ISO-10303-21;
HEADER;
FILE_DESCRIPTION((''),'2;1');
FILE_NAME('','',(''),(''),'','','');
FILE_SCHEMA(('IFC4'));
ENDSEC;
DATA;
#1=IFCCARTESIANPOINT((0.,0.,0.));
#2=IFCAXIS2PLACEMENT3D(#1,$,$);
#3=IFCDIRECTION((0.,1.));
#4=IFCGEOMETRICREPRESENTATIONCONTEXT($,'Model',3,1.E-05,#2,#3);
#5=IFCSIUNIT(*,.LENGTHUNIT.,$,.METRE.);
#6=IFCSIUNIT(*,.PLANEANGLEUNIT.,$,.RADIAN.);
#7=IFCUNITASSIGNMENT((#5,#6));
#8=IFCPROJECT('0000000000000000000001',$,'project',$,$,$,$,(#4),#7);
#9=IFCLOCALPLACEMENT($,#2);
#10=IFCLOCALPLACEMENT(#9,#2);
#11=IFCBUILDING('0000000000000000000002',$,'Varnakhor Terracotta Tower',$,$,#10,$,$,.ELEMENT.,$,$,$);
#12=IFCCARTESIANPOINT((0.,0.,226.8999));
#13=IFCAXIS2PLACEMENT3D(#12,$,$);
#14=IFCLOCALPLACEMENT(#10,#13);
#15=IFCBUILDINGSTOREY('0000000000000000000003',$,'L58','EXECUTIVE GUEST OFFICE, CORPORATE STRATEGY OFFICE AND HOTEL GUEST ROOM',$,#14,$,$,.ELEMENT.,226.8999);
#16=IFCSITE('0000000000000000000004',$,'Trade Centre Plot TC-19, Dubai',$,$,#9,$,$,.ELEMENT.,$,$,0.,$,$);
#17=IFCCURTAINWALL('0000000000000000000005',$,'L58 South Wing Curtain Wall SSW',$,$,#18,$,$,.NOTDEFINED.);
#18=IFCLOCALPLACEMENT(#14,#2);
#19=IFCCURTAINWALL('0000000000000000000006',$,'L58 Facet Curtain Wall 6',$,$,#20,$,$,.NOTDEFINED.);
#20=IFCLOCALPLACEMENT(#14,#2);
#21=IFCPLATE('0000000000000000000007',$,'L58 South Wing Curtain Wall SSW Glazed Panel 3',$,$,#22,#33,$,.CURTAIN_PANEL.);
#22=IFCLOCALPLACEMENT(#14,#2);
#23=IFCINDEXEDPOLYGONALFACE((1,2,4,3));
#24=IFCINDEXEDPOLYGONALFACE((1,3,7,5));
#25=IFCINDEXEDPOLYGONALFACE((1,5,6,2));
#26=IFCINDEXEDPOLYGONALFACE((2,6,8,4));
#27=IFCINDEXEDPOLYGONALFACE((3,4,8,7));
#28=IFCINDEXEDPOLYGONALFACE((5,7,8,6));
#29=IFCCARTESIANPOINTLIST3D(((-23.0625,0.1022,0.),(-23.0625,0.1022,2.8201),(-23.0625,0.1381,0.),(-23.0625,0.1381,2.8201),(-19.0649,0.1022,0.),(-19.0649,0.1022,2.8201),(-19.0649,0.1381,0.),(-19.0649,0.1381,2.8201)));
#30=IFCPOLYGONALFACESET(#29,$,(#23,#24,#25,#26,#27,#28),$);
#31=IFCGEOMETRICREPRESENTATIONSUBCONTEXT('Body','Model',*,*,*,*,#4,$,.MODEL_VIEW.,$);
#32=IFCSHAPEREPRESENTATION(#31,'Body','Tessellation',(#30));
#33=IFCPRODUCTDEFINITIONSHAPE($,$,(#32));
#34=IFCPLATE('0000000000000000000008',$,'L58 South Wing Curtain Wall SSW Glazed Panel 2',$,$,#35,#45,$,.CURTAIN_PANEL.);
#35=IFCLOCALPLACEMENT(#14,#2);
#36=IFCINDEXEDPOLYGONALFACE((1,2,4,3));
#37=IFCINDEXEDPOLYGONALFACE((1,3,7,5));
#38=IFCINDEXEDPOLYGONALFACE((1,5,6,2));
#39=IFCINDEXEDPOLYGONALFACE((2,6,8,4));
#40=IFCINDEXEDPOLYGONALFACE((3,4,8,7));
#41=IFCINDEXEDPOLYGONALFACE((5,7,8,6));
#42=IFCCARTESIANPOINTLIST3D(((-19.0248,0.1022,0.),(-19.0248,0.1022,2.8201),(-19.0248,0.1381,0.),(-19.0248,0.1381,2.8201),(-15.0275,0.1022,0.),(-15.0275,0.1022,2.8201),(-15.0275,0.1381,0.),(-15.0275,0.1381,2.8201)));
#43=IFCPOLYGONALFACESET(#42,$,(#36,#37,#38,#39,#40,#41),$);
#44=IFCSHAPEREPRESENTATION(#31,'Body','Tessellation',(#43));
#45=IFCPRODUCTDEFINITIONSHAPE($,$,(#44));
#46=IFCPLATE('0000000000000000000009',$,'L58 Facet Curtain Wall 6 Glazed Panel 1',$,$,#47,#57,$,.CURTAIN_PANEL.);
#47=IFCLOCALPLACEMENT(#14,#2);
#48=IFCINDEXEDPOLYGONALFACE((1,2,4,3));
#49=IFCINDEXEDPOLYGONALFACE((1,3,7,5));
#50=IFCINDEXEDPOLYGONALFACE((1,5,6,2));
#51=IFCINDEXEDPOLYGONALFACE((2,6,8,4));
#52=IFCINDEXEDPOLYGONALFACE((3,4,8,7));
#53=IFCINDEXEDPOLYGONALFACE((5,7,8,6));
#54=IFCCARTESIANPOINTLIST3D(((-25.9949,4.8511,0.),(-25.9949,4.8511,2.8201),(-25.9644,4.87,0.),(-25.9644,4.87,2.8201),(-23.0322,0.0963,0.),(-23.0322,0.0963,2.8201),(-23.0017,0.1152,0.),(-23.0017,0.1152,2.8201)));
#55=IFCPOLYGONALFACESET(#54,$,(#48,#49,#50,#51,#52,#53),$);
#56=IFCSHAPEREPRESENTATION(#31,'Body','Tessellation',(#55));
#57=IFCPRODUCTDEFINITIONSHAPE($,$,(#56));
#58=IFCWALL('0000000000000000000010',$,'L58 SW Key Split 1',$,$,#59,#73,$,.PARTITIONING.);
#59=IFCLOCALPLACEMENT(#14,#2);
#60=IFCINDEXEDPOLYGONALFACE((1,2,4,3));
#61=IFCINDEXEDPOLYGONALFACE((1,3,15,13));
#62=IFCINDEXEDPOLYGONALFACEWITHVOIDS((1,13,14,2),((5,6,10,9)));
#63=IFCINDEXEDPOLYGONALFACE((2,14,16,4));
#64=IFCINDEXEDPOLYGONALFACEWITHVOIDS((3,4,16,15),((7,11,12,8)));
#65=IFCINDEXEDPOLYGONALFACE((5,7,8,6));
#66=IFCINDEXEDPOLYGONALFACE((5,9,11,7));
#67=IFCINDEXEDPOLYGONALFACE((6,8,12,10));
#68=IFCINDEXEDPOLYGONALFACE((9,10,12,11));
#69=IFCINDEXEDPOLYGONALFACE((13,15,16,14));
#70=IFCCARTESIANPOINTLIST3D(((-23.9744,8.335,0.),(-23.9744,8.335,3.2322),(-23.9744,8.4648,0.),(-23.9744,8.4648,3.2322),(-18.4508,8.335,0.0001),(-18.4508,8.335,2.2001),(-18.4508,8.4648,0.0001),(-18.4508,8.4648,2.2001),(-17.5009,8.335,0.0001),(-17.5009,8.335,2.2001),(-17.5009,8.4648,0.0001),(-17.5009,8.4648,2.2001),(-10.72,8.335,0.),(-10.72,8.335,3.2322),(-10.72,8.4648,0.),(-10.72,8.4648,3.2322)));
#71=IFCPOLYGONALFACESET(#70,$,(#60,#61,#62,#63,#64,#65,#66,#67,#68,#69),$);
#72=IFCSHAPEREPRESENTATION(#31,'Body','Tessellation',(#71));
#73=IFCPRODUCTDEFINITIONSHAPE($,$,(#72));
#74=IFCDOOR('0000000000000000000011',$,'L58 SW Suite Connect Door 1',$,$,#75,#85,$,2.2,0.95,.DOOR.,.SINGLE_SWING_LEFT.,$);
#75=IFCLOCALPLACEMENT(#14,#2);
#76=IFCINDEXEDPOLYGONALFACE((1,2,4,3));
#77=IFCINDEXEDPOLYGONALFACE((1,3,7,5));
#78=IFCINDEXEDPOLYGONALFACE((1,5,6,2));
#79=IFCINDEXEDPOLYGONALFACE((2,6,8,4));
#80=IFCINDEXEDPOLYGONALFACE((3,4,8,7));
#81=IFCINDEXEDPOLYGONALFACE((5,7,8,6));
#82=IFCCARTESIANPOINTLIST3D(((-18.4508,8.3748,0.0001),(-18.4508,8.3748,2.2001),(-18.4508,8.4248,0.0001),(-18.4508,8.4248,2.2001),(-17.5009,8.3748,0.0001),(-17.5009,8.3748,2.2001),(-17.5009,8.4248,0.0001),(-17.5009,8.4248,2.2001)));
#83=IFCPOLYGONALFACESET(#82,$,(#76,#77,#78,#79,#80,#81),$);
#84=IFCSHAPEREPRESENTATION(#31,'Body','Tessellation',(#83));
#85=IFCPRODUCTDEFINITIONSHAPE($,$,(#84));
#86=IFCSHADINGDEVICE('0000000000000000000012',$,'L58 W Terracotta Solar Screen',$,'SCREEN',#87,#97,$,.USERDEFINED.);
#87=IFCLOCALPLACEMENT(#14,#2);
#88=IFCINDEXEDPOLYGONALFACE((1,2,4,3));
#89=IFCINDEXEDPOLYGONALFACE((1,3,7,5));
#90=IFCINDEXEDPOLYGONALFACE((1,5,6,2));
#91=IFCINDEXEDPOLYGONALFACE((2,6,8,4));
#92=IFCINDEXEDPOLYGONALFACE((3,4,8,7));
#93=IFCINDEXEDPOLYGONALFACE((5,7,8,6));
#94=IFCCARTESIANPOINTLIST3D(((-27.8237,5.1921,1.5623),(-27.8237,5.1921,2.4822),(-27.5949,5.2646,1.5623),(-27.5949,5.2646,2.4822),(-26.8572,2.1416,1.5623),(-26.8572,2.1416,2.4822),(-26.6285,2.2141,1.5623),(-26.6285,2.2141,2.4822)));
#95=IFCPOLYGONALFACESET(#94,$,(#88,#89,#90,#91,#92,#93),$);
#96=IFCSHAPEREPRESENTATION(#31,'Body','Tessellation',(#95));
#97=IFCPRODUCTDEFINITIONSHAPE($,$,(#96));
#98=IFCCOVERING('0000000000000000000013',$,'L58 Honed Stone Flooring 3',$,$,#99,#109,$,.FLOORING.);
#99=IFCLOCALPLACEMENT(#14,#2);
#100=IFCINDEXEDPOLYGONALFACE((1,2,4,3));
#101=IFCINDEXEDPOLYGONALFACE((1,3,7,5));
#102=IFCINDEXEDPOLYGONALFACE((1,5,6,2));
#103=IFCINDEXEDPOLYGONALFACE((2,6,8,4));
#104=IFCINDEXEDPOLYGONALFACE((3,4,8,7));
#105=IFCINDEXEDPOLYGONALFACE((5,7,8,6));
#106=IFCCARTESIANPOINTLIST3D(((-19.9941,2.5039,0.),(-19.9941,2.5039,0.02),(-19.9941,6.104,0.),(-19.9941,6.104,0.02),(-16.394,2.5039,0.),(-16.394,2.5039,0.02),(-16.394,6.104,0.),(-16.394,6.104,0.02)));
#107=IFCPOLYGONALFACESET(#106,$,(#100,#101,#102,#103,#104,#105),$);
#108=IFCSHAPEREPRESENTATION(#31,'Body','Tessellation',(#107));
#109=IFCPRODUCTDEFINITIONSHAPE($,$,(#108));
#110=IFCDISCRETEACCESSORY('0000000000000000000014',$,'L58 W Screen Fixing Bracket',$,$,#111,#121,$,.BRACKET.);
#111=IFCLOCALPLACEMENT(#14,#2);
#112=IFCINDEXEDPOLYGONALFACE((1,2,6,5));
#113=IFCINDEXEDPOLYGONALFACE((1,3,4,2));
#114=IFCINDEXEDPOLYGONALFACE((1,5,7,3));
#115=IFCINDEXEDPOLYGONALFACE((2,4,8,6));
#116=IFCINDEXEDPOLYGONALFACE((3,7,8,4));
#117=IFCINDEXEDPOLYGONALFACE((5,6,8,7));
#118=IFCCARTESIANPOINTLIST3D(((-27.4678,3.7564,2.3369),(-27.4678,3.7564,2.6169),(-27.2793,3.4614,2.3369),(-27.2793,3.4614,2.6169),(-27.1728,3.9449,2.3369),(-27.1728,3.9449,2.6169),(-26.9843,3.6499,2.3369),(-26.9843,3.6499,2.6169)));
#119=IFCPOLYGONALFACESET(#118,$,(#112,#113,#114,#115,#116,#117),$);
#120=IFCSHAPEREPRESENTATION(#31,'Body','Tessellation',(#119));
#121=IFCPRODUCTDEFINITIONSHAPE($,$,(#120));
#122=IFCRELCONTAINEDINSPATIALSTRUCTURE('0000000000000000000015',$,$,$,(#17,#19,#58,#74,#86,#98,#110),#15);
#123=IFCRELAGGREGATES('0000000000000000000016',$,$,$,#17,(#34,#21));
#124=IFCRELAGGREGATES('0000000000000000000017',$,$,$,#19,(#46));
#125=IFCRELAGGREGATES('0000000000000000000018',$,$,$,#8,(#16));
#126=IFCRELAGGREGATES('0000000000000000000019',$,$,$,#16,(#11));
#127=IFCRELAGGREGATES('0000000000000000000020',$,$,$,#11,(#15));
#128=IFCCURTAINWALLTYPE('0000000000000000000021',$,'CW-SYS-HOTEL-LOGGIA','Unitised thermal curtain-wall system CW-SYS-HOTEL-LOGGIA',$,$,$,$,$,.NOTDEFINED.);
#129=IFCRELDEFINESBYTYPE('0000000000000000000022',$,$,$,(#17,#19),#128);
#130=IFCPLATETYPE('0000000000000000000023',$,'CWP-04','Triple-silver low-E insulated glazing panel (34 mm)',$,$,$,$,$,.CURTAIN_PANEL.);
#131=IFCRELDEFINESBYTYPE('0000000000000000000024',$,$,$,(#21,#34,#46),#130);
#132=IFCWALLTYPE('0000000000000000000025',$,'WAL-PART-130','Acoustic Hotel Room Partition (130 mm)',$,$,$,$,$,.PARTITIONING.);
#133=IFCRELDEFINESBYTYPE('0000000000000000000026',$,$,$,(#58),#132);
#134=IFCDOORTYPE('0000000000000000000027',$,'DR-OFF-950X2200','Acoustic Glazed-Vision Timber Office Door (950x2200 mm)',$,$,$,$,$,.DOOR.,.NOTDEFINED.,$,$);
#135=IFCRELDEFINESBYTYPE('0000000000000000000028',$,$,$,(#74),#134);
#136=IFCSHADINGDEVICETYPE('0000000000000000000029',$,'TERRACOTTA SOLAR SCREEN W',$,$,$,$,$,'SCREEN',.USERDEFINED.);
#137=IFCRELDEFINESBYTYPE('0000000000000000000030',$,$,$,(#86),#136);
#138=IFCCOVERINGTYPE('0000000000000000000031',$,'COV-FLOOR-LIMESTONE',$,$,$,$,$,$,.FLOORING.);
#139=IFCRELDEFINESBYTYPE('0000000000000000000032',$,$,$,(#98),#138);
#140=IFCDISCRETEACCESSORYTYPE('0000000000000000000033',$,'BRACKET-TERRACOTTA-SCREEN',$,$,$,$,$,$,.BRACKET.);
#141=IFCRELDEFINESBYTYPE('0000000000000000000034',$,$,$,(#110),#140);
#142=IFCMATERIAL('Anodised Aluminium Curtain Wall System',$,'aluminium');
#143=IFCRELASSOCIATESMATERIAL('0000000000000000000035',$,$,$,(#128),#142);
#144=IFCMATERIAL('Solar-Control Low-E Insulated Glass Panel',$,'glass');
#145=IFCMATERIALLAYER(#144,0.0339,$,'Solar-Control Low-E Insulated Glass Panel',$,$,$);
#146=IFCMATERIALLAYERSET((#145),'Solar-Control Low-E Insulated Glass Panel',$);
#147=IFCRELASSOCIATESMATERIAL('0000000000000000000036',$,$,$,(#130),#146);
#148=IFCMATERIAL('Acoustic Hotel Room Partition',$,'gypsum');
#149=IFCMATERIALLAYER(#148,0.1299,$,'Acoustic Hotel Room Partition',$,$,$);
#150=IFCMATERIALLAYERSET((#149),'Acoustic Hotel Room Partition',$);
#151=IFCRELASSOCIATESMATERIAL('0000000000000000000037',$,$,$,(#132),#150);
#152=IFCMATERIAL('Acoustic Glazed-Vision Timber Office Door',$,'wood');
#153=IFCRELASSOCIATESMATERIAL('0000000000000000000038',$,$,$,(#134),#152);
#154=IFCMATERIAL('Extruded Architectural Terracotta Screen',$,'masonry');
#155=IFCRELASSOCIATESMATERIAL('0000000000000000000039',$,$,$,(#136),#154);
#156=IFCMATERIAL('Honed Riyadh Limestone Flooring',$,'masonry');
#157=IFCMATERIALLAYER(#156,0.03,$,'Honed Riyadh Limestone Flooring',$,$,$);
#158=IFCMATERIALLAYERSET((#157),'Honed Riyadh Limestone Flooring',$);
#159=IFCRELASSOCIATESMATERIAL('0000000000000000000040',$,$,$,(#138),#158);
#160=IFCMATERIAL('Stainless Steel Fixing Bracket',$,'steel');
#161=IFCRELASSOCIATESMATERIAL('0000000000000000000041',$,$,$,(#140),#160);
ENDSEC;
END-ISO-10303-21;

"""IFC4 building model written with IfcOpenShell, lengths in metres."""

from ifc_helpers import new_model, si_unit, direction, frame, frame_2d, origin, origin_2d, place, context, subcontext, project, spatial, rectangle, extrude, source, transform, mapped, material, layer, layer_set, type_object, type_shapes, element, fill, aggregate, save


model = new_model("IFC4")

# Units and contexts
model_context = context("Model", 3, precision=1e-05, world=origin(), true_north=direction((0.0, 1.0)))
body_context = subcontext(model_context, "Body", "Model", "MODEL_VIEW")
ifc_project = project(units=[si_unit("LENGTHUNIT", "METRE"), si_unit("PLANEANGLEUNIT", "RADIAN")], contexts=[model_context])

# Site, building, storey
site_placement = place(None, origin())
site = spatial("IfcSite", under=ifc_project, at=site_placement, Name="Trade Centre Plot TC-19, Dubai", CompositionType="ELEMENT", RefElevation=0.0)
building_placement = place(site_placement, origin())
building = spatial("IfcBuilding", under=site, at=building_placement, Name="Varnakhor Terracotta Tower", CompositionType="ELEMENT")
storey_placement = place(building_placement, frame((0.0, 0.0, 226.8999)))
storey = spatial("IfcBuildingStorey", under=building, at=storey_placement, Name="L58", Description="EXECUTIVE GUEST OFFICE, CORPORATE STRATEGY OFFICE AND HOTEL GUEST ROOM", CompositionType="ELEMENT", Elevation=226.8999)

# Curtain wall
ifc_material_1 = material(Name="Anodised Aluminium Curtain Wall System", Category="aluminium")
curtain_wall_type = type_object("IfcCurtainWallType", Name="CW-SYS-HOTEL-LOGGIA", Description="Unitised thermal curtain-wall system CW-SYS-HOTEL-LOGGIA", PredefinedType="NOTDEFINED", material=ifc_material_1)
curtain_wall_1_placement = place(storey_placement, origin())
curtain_wall_1 = element("IfcCurtainWall", 1, at=curtain_wall_1_placement, inside=storey, type_object=curtain_wall_type, Name="L58 South Wing Curtain Wall SSW", PredefinedType="NOTDEFINED")

# Curtain wall
curtain_wall_2_placement = place(storey_placement, origin())
curtain_wall_2 = element("IfcCurtainWall", 2, at=curtain_wall_2_placement, inside=storey, type_object=curtain_wall_type, Name="L58 Facet Curtain Wall 6", PredefinedType="NOTDEFINED")

# Plates
ifc_material_2 = material(Name="Solar-Control Low-E Insulated Glass Panel", Category="glass")
ifc_layer_1 = layer(ifc_material_2, 0.0339, Name="Solar-Control Low-E Insulated Glass Panel")
ifc_layer_set_1 = layer_set([ifc_layer_1], Name="Solar-Control Low-E Insulated Glass Panel")
plate_type = type_object("IfcPlateType", Name="CWP-04", Description="Triple-silver low-E insulated glazing panel (34 mm)", PredefinedType="CURTAIN_PANEL", material=ifc_layer_set_1)
shared_shape_1 = source(origin(), body_context, "Body", "SweptSolid", [
    extrude(rectangle(XDim=3.9976, YDim=0.0359, at=origin_2d()), origin(), (0.0, 0.0, 1.0), 2.8201),
])
plate_1_placement = place(storey_placement, frame((-21.0637, 0.1201, 0.0), z_axis=(0.0, 0.0, 1.0), x_axis=(-1.0, 0.0, 0.0)))
plate_1 = element("IfcPlate", 3, at=plate_1_placement, type_object=plate_type, Name="L58 South Wing Curtain Wall SSW Glazed Panel 3", PredefinedType="CURTAIN_PANEL", context=body_context, shape_type="MappedRepresentation", body=[
    mapped(shared_shape_1, transform((0.0, 0.0, 0.0), scale=1.0)),
])
shared_shape_2 = source(origin(), body_context, "Body", "SweptSolid", [
    extrude(rectangle(XDim=3.9973, YDim=0.0359, at=origin_2d()), origin(), (0.0, 0.0, 1.0), 2.8201),
])
plate_2_placement = place(storey_placement, frame((-17.0261, 0.1201, 0.0), z_axis=(0.0, 0.0, 1.0), x_axis=(-1.0, 0.0, 0.0)))
plate_2 = element("IfcPlate", 4, at=plate_2_placement, type_object=plate_type, Name="L58 South Wing Curtain Wall SSW Glazed Panel 2", PredefinedType="CURTAIN_PANEL", context=body_context, shape_type="MappedRepresentation", body=[
    mapped(shared_shape_2, transform((0.0, 0.0, 0.0), scale=1.0)),
])
aggregate(curtain_wall_1, [plate_2, plate_1])
shared_shape_3 = source(origin(), body_context, "Body", "SweptSolid", [
    extrude(rectangle(XDim=5.6023, YDim=0.0359, at=origin_2d()), origin(), (0.0, 0.0, 1.0), 2.8201),
])
plate_3_placement = place(storey_placement, frame((-24.4983, 2.4832, 0.0), z_axis=(0.0, 0.0, 1.0), x_axis=(-0.528838, 0.848723, 0.0)))
plate_3 = element("IfcPlate", 5, at=plate_3_placement, type_object=plate_type, Name="L58 Facet Curtain Wall 6 Glazed Panel 1", PredefinedType="CURTAIN_PANEL", context=body_context, shape_type="MappedRepresentation", body=[
    mapped(shared_shape_3, transform((0.0, 0.0, 0.0), scale=1.0)),
])
aggregate(curtain_wall_2, [plate_3])

# Wall, opening, door
ifc_material_3 = material(Name="Acoustic Hotel Room Partition", Category="gypsum")
ifc_layer_2 = layer(ifc_material_3, 0.1299, Name="Acoustic Hotel Room Partition")
ifc_layer_set_2 = layer_set([ifc_layer_2], Name="Acoustic Hotel Room Partition")
wall_type = type_object("IfcWallType", Name="WAL-PART-130", Description="Acoustic Hotel Room Partition (130 mm)", PredefinedType="PARTITIONING", material=ifc_layer_set_2)
wall_placement = place(storey_placement, frame((-23.9744, 8.3999, 0.0), z_axis=(0.0, 0.0, 1.0), x_axis=(1.0, 0.0, 0.0)))
wall = element("IfcWall", 6, at=wall_placement, inside=storey, type_object=wall_type, Name="L58 SW Key Split 1", PredefinedType="PARTITIONING", context=body_context, shape_type="SweptSolid", body=[
    extrude(rectangle(XDim=13.2544, YDim=0.1299, at=frame_2d((6.6272, 0.0))), origin(), (0.0, 0.0, 1.0), 3.2322),
])
opening_placement = place(wall_placement, frame((5.5234, 0.0, 0.0)))
opening = element("IfcOpeningElement", 7, at=opening_placement, cuts=wall, PredefinedType="OPENING", context=body_context, shape_type="SweptSolid", body=[
    extrude(rectangle(XDim=0.95, YDim=2.2, at=frame_2d((0.4751, 1.1001))), frame((0.0, 0.075, 0.0), z_axis=(0.0, -1.0, 0.0), x_axis=(1.0, 0.0, 0.0)), (0.0, 0.0, 1.0), 0.1499),
])
ifc_material_4 = material(Name="Acoustic Glazed-Vision Timber Office Door", Category="wood")
door_type = type_object("IfcDoorType", Name="DR-OFF-950X2200", Description="Acoustic Glazed-Vision Timber Office Door (950x2200 mm)", OperationType="NOTDEFINED", PredefinedType="DOOR", material=ifc_material_4)
shared_shape_4 = source(origin(), body_context, "Body", "SweptSolid", [
    extrude(rectangle(XDim=0.95, YDim=2.2, at=frame_2d((0.4751, 1.1001))), frame((0.0, 0.0249, 0.0), z_axis=(0.0, -1.0, 0.0), x_axis=(1.0, 0.0, 0.0)), (0.0, 0.0, 1.0), 0.05),
])
type_shapes(door_type, [shared_shape_4])
door_placement = place(opening_placement, origin())
door = element("IfcDoor", 8, at=door_placement, inside=storey, type_object=door_type, Name="L58 SW Suite Connect Door 1", OperationType="SINGLE_SWING_LEFT", OverallHeight=2.2, OverallWidth=0.95, PredefinedType="DOOR", context=body_context, shape_type="MappedRepresentation", body=[
    mapped(shared_shape_4, transform((0.0, 0.0, 0.0), scale=1.0)),
])
fill(opening, door)

# Shading device
ifc_material_5 = material(Name="Extruded Architectural Terracotta Screen", Category="masonry")
shading_device_type = type_object("IfcShadingDeviceType", Name="TERRACOTTA SOLAR SCREEN W", ElementType="SCREEN", PredefinedType="USERDEFINED", material=ifc_material_5)
shared_shape_5 = source(origin(), body_context, "Body", "SweptSolid", [
    extrude(rectangle(XDim=3.2, YDim=0.24, at=origin_2d()), origin(), (0.0, 0.0, 1.0), 0.9199),
])
type_shapes(shading_device_type, [shared_shape_5])
shading_device_placement = place(storey_placement, frame((-27.2261, 3.7031, 1.5623), z_axis=(0.0, 0.0, 1.0), x_axis=(0.302021, -0.953301, 0.0)))
element("IfcShadingDevice", 9, at=shading_device_placement, inside=storey, type_object=shading_device_type, Name="L58 W Terracotta Solar Screen", ObjectType="SCREEN", PredefinedType="USERDEFINED", context=body_context, shape_type="MappedRepresentation", body=[
    mapped(shared_shape_5, transform((0.0, 0.0, 0.0), scale=1.0)),
])

# Covering
ifc_material_6 = material(Name="Honed Riyadh Limestone Flooring", Category="masonry")
ifc_layer_3 = layer(ifc_material_6, 0.03, Name="Honed Riyadh Limestone Flooring")
ifc_layer_set_3 = layer_set([ifc_layer_3], Name="Honed Riyadh Limestone Flooring")
covering_type = type_object("IfcCoveringType", Name="COV-FLOOR-LIMESTONE", PredefinedType="FLOORING", material=ifc_layer_set_3)
shared_shape_6 = source(origin(), body_context, "Body", "SweptSolid", [
    extrude(rectangle(XDim=3.6001, YDim=3.6001, at=origin_2d()), origin(), (0.0, 0.0, 1.0), 0.02),
])
covering_placement = place(storey_placement, frame((-18.1941, 4.304, 0.0), z_axis=(0.0, 0.0, 1.0), x_axis=(1.0, 0.0, 0.0)))
element("IfcCovering", 10, at=covering_placement, inside=storey, type_object=covering_type, Name="L58 Honed Stone Flooring 3", PredefinedType="FLOORING", context=body_context, shape_type="MappedRepresentation", body=[
    mapped(shared_shape_6, transform((0.0, 0.0, 0.0), scale=1.0)),
])

# Discrete accessory
ifc_material_7 = material(Name="Stainless Steel Fixing Bracket", Category="steel")
discrete_accessory_type = type_object("IfcDiscreteAccessoryType", Name="BRACKET-TERRACOTTA-SCREEN", PredefinedType="BRACKET", material=ifc_material_7)
shared_shape_7 = source(origin(), body_context, "Body", "SweptSolid", [
    extrude(rectangle(XDim=0.3501, YDim=0.3501, at=origin_2d()), origin(), (0.0, 0.0, 1.0), 0.28),
])
type_shapes(discrete_accessory_type, [shared_shape_7])
discrete_accessory_placement = place(storey_placement, frame((-27.2261, 3.7031, 2.3369), z_axis=(0.0, 0.0, 1.0), x_axis=(0.538462, -0.84265, 0.0)))
element("IfcDiscreteAccessory", 11, at=discrete_accessory_placement, inside=storey, type_object=discrete_accessory_type, Name="L58 W Screen Fixing Bracket", PredefinedType="BRACKET", context=body_context, shape_type="MappedRepresentation", body=[
    mapped(shared_shape_7, transform((0.0, 0.0, 0.0), scale=1.0)),
])

save(model, "model.ifc")
